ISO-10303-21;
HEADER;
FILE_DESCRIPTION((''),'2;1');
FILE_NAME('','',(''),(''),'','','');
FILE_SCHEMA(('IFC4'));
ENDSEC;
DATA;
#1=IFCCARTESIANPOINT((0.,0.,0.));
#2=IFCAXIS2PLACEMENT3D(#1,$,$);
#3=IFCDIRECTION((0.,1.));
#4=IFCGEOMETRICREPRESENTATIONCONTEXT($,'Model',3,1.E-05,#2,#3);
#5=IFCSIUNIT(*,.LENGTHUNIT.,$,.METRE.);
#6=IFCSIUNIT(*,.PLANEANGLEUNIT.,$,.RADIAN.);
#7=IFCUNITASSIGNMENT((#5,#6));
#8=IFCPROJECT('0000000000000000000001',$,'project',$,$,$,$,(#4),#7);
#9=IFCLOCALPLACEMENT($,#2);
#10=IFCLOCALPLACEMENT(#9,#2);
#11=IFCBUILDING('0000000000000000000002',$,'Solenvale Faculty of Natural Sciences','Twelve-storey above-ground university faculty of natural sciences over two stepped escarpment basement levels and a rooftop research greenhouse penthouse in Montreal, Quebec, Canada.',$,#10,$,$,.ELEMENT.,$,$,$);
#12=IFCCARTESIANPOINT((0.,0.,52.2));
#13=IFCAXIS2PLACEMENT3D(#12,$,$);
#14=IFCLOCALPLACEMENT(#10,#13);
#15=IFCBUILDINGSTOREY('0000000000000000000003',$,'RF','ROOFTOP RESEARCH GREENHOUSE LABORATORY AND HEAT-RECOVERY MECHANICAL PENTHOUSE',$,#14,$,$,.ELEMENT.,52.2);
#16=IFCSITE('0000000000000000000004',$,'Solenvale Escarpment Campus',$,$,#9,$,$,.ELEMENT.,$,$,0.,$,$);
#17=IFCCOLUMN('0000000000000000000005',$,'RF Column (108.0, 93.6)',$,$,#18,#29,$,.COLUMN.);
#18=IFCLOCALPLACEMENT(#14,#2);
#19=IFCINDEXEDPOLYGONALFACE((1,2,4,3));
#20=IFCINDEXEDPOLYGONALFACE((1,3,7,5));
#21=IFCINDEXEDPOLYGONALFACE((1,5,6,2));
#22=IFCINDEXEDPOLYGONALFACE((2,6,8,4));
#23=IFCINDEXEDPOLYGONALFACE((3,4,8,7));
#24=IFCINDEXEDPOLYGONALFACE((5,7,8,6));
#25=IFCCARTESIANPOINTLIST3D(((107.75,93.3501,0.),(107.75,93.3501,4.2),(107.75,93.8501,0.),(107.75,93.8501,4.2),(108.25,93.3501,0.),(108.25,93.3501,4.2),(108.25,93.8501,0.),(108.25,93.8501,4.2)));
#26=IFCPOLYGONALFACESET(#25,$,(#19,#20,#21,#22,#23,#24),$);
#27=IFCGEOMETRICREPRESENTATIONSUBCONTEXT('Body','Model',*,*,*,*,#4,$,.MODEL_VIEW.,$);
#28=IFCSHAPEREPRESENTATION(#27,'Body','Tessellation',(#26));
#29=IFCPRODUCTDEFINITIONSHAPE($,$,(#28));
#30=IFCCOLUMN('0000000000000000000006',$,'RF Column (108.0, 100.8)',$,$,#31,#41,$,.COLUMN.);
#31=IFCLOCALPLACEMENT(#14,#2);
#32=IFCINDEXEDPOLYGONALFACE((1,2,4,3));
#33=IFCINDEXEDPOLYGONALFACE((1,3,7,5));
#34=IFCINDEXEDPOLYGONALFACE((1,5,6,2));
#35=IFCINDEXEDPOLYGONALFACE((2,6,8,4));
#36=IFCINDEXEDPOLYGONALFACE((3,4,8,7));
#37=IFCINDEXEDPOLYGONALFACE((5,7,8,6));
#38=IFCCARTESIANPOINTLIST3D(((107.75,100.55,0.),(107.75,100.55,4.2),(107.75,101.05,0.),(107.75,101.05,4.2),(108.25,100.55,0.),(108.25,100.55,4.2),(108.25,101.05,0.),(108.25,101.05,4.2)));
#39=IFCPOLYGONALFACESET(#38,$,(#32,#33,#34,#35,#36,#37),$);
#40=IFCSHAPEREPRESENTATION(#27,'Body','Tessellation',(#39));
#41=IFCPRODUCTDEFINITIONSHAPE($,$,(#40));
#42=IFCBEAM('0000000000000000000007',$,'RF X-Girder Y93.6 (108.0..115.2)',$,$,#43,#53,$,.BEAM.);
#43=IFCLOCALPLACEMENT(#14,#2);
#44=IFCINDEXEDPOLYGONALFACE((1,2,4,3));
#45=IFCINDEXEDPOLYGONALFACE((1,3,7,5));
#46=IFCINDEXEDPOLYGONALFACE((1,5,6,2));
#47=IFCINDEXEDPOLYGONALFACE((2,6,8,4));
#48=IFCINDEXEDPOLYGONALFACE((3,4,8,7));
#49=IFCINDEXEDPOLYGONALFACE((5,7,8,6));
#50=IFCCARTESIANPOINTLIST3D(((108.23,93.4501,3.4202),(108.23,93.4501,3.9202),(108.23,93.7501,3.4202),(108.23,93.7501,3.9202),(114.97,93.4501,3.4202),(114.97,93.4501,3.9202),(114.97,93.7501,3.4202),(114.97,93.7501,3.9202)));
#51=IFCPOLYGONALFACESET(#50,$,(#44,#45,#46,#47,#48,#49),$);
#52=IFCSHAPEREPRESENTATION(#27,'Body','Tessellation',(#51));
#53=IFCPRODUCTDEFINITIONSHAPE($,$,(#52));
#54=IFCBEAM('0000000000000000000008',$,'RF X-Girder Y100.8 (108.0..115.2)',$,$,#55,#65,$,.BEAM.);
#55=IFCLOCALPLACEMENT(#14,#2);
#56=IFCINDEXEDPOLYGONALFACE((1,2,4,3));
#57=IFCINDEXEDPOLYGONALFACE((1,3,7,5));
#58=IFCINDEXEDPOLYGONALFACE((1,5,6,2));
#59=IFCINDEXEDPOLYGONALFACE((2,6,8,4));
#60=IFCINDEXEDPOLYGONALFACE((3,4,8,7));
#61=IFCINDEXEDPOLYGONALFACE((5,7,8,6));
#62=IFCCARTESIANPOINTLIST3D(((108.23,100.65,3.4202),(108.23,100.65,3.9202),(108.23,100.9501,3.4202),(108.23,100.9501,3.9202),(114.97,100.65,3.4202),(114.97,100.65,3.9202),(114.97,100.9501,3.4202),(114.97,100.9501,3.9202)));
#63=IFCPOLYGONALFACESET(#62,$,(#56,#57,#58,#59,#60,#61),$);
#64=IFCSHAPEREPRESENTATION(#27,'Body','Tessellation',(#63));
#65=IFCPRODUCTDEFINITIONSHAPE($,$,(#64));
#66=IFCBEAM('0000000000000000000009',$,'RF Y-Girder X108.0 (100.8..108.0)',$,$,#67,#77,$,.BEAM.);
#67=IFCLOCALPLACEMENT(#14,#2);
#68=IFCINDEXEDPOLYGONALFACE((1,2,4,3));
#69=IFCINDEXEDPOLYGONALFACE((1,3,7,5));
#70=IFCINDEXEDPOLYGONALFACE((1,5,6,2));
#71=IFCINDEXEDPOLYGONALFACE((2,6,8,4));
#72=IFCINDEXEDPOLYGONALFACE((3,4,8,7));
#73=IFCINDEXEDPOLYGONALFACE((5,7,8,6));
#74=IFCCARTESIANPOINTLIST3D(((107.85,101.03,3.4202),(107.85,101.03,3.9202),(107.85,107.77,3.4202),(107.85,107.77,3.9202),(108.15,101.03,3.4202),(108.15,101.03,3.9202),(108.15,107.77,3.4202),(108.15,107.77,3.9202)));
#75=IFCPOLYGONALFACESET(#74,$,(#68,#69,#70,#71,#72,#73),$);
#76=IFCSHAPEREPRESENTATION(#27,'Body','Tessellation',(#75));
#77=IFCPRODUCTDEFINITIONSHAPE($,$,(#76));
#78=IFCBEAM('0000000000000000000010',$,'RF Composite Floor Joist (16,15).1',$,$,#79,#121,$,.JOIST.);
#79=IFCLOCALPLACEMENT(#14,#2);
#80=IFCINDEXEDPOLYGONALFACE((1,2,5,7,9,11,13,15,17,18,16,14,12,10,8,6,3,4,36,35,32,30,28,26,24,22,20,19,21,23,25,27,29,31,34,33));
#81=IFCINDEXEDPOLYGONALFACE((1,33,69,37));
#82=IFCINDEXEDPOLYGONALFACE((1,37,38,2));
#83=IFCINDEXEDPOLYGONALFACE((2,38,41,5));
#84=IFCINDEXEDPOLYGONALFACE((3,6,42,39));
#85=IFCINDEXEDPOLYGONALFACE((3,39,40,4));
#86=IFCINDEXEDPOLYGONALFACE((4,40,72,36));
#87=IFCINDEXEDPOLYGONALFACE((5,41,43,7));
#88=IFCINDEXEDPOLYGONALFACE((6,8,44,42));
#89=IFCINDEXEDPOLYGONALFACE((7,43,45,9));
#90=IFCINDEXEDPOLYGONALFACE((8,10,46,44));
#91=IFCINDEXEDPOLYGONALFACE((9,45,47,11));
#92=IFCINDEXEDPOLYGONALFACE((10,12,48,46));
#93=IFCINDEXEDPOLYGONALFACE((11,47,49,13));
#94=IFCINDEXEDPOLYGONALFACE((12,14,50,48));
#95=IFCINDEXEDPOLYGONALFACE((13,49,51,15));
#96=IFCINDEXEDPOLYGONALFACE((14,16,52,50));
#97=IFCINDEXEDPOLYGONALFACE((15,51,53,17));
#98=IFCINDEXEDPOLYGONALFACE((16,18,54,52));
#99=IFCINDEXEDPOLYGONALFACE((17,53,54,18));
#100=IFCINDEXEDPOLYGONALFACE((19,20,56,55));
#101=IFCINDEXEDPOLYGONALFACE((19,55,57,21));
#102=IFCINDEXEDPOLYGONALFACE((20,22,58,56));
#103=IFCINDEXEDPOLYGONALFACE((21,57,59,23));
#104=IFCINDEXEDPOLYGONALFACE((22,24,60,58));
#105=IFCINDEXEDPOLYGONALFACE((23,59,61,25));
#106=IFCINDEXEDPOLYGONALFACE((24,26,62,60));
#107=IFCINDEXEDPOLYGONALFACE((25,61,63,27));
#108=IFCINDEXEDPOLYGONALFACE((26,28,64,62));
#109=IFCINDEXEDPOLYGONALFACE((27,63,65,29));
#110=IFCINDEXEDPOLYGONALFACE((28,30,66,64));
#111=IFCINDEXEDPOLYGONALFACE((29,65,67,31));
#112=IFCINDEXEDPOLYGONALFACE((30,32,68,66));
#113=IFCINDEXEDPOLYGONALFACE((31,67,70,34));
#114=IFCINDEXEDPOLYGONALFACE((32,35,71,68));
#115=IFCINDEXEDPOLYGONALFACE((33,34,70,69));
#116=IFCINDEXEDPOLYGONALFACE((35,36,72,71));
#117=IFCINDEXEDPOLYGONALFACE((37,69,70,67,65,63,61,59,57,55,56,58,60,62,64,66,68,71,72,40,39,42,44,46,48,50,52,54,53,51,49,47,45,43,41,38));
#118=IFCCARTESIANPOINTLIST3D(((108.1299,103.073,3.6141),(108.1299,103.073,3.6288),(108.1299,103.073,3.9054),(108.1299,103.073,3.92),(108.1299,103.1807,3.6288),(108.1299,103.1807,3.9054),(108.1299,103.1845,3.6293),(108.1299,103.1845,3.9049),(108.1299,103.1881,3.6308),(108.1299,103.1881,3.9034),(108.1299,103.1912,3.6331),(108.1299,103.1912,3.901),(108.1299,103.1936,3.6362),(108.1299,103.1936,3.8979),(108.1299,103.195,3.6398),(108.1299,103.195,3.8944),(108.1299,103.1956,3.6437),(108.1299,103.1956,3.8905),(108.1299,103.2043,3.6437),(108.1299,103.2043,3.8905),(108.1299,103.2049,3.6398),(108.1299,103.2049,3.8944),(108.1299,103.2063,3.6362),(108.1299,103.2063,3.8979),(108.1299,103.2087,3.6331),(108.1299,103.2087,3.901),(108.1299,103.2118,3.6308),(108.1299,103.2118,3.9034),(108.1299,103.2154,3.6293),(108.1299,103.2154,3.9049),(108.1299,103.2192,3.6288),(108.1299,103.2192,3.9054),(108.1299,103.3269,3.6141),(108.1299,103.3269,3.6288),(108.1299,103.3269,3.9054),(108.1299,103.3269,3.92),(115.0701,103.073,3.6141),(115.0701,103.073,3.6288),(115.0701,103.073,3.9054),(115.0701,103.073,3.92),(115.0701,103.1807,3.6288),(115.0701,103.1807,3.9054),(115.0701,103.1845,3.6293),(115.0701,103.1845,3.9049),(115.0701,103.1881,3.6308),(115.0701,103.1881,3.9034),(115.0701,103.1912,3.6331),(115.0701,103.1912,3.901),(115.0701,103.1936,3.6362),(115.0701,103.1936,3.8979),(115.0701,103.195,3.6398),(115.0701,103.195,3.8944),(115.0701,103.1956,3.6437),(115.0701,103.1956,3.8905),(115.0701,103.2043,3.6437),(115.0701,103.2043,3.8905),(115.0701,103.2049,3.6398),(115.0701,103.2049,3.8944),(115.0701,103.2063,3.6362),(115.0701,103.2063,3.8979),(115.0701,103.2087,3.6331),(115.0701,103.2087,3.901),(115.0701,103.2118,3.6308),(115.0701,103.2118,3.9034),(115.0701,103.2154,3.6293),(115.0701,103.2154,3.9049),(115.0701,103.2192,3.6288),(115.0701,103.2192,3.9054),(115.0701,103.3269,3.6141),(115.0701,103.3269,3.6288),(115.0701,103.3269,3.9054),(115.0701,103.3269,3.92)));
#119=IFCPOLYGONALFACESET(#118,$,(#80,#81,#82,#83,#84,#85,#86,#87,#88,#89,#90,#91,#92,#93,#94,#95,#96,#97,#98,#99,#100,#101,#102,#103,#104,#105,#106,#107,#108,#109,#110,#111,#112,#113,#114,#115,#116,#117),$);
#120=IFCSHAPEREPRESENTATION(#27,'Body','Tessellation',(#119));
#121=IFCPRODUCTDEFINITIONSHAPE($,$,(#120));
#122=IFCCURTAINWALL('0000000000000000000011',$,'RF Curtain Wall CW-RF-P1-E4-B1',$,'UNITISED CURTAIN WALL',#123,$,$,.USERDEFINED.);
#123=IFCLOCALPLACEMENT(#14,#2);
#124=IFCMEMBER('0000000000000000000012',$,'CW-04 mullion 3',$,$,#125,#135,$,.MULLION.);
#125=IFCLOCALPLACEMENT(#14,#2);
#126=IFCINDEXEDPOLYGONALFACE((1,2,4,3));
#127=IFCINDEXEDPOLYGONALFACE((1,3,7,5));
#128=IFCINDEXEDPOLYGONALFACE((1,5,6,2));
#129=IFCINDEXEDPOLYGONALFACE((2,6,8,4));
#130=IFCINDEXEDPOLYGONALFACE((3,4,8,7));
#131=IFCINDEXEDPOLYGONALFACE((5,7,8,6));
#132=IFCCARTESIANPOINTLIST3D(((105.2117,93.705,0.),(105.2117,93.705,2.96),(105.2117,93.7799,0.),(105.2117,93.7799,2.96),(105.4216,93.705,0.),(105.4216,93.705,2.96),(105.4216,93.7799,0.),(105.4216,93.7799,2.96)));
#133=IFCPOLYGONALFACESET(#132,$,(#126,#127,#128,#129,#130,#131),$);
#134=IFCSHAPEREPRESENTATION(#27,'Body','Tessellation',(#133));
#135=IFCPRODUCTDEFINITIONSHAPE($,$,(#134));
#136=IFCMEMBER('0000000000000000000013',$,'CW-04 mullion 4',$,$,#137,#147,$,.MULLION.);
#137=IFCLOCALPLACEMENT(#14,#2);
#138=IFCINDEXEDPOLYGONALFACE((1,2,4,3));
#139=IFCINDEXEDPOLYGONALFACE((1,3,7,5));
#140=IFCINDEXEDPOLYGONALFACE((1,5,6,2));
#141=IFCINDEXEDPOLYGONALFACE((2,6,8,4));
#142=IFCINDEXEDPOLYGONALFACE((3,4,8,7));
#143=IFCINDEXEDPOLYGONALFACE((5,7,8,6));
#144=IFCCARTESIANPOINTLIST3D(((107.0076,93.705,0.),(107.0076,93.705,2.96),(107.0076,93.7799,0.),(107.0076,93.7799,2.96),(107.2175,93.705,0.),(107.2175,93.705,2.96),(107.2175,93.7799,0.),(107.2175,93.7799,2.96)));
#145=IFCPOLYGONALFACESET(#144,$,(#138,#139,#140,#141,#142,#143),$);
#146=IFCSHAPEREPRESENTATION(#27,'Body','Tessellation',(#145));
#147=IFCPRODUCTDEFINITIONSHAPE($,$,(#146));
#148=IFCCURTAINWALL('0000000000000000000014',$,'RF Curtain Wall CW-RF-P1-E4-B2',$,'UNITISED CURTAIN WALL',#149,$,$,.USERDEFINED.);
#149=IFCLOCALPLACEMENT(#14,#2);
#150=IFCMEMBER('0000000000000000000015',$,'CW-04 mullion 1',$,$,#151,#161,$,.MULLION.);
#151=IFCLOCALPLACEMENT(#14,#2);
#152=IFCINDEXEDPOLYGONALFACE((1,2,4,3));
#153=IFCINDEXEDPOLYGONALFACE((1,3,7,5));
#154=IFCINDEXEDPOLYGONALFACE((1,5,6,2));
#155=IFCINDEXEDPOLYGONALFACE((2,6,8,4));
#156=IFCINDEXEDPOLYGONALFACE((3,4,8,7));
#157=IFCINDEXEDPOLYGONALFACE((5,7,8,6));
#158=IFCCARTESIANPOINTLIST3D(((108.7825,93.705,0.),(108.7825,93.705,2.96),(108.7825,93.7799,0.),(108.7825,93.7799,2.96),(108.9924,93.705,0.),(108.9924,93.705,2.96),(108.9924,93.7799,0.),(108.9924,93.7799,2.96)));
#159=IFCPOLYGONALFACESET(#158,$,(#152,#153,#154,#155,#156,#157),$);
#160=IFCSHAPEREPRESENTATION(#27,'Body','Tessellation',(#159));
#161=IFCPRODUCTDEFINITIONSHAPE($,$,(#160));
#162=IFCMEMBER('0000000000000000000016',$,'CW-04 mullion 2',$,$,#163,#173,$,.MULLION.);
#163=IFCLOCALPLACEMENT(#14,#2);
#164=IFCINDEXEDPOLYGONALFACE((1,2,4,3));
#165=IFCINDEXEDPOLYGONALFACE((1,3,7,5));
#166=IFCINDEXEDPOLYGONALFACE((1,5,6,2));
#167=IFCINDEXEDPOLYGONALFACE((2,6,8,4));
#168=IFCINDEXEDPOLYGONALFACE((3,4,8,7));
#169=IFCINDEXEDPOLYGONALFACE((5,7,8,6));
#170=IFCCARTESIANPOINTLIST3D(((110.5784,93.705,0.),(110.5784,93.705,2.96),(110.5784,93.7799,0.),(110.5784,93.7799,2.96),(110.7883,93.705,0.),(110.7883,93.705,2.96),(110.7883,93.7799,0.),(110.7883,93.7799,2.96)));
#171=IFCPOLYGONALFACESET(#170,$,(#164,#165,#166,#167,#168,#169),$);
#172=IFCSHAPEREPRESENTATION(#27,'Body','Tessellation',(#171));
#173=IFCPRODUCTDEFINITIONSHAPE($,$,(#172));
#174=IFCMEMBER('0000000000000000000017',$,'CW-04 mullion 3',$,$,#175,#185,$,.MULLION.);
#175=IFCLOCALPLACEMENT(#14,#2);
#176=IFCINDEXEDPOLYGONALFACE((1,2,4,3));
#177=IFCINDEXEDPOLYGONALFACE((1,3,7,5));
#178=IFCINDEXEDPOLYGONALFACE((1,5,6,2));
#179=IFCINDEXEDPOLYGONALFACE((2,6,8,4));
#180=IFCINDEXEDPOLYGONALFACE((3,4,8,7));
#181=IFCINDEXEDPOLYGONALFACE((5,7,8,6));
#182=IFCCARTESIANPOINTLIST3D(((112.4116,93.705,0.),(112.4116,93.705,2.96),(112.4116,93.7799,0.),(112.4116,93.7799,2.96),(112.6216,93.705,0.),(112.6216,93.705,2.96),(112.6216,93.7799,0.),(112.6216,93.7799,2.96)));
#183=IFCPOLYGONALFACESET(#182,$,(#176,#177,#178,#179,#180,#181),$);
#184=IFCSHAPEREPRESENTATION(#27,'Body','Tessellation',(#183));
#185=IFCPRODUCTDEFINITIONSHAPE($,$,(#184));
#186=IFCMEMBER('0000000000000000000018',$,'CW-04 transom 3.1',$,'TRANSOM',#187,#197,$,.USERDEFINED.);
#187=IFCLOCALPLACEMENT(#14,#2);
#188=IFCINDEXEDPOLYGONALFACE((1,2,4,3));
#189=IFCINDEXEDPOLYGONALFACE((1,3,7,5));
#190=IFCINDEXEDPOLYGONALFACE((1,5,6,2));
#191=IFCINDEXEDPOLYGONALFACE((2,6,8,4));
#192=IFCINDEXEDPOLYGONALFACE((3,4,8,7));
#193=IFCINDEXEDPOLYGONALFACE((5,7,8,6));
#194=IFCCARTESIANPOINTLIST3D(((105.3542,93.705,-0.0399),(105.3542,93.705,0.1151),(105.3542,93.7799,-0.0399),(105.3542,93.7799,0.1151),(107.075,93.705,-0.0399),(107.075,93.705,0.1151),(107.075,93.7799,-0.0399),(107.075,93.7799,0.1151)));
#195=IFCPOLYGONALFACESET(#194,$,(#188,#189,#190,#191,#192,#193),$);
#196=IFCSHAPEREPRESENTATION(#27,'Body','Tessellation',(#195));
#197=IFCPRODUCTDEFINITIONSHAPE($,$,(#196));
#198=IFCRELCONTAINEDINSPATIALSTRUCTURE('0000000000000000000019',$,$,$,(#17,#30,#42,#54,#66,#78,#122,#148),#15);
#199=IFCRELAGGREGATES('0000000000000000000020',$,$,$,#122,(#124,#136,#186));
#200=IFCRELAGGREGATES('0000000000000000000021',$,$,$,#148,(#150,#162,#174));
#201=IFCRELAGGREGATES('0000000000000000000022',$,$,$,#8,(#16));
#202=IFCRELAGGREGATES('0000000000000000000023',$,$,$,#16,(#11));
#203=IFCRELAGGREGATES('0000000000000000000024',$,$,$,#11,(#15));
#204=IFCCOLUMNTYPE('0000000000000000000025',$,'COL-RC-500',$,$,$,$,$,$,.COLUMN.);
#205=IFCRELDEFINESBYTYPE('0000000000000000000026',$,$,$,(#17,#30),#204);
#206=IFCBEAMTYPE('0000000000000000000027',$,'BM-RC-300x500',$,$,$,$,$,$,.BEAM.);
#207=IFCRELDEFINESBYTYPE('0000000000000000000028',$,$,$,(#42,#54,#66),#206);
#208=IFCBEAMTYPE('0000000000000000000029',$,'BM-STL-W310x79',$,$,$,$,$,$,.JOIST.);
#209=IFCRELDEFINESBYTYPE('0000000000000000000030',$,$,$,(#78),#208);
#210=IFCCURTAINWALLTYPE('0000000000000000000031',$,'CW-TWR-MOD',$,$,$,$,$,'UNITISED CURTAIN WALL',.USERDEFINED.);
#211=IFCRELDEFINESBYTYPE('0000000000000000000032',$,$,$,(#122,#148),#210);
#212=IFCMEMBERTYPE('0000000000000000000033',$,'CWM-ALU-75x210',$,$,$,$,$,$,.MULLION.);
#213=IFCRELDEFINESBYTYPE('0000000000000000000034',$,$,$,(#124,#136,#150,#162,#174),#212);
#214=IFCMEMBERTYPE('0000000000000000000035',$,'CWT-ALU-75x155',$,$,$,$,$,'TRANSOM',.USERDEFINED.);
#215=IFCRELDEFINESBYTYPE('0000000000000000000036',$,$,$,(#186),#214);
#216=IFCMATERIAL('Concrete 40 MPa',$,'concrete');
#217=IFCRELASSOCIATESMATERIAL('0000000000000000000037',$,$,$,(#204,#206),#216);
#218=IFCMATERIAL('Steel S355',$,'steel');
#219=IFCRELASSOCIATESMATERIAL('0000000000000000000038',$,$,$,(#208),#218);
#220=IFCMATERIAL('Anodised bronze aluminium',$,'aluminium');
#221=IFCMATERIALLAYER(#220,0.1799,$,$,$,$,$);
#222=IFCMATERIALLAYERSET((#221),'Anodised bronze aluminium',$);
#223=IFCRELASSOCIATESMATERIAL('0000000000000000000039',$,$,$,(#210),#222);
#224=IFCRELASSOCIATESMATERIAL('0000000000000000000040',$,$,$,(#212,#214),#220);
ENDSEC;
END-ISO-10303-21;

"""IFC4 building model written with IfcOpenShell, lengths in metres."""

from ifc_helpers import new_model, si_unit, direction, frame, origin, origin_2d, place, context, subcontext, project, spatial, rectangle, i_section, extrude, material, layer, layer_set, material_profile, profile_set, type_object, element, aggregate, save


model = new_model("IFC4")

# Units and contexts
model_context = context("Model", 3, precision=1e-05, world=origin(), true_north=direction((0.0, 1.0)))
body_context = subcontext(model_context, "Body", "Model", "MODEL_VIEW")
ifc_project = project(units=[si_unit("LENGTHUNIT", "METRE"), si_unit("PLANEANGLEUNIT", "RADIAN")], contexts=[model_context])

# Site, building, storey
site_placement = place(None, origin())
site = spatial("IfcSite", under=ifc_project, at=site_placement, Name="Solenvale Escarpment Campus", CompositionType="ELEMENT", RefElevation=0.0)
building_placement = place(site_placement, origin())
building = spatial("IfcBuilding", under=site, at=building_placement, Name="Solenvale Faculty of Natural Sciences", Description="Twelve-storey above-ground university faculty of natural sciences over two stepped escarpment basement levels and a rooftop research greenhouse penthouse in Montreal, Quebec, Canada.", CompositionType="ELEMENT")
storey_placement = place(building_placement, frame((0.0, 0.0, 52.2)))
storey = spatial("IfcBuildingStorey", under=building, at=storey_placement, Name="RF", Description="ROOFTOP RESEARCH GREENHOUSE LABORATORY AND HEAT-RECOVERY MECHANICAL PENTHOUSE", CompositionType="ELEMENT", Elevation=52.2)

# Columns
ifc_material_1 = material(Name="Concrete 40 MPa", Category="concrete")
ifc_material_profile_1 = material_profile(ifc_material_1, rectangle(XDim=0.5, YDim=0.5, at=origin_2d()), Name="RC-COL-500x500")
ifc_profile_set_1 = profile_set([ifc_material_profile_1], Name="Concrete 40 MPa")
column_type = type_object("IfcColumnType", Name="COL-RC-500", PredefinedType="COLUMN", material=ifc_profile_set_1)
for number, where, z_axis, x_axis, name in (
    (1, (108.0, 93.6001, 0.0), (0.0, 0.0, 1.0), (1.0, 0.0, 0.0), "RF Column (108.0, 93.6)"),
    (2, (108.0, 100.8, 0.0), (0.0, 0.0, 1.0), (1.0, 0.0, 0.0), "RF Column (108.0, 100.8)"),
):
    element("IfcColumn", number, at=place(storey_placement, frame(where, z_axis=z_axis, x_axis=x_axis)), inside=storey, type_object=column_type, Name=name, PredefinedType="COLUMN", context=body_context, shape_type="SweptSolid", body=[
        extrude(rectangle(XDim=0.5, YDim=0.5, at=origin_2d()), origin(), (0.0, 0.0, 1.0), 4.2),
    ])

# Beams
ifc_material_profile_2 = material_profile(ifc_material_1, rectangle(XDim=0.3, YDim=0.5, at=origin_2d()), Name="RC-BM-300x500")
ifc_profile_set_2 = profile_set([ifc_material_profile_2], Name="Concrete 40 MPa")
beam_type_1 = type_object("IfcBeamType", Name="BM-RC-300x500", PredefinedType="BEAM", material=ifc_profile_set_2)
for number, where, z_axis, x_axis, name in (
    (3, (108.23, 93.6001, 3.6702), (1.0, 0.0, 0.0), (0.0, 1.0, 0.0), "RF X-Girder Y93.6 (108.0..115.2)"),
    (4, (108.23, 100.8, 3.6702), (1.0, 0.0, 0.0), (0.0, 1.0, 0.0), "RF X-Girder Y100.8 (108.0..115.2)"),
    (5, (108.0, 101.03, 3.6702), (0.0, 1.0, 0.0), (-1.0, 0.0, 0.0), "RF Y-Girder X108.0 (100.8..108.0)"),
):
    element("IfcBeam", number, at=place(storey_placement, frame(where, z_axis=z_axis, x_axis=x_axis)), inside=storey, type_object=beam_type_1, Name=name, PredefinedType="BEAM", context=body_context, shape_type="SweptSolid", body=[
        extrude(rectangle(XDim=0.3, YDim=0.5, at=origin_2d()), origin(), (0.0, 0.0, 1.0), 6.74),
    ])
ifc_material_2 = material(Name="Steel S355", Category="steel")
ifc_material_profile_3 = material_profile(ifc_material_2, i_section(OverallWidth=0.2539, OverallDepth=0.3059, WebThickness=0.0088, FlangeThickness=0.0146, FilletRadius=0.0149, at=origin_2d()), Name="W310x79")
ifc_profile_set_3 = profile_set([ifc_material_profile_3], Name="Steel S355")
beam_type_2 = type_object("IfcBeamType", Name="BM-STL-W310x79", PredefinedType="JOIST", material=ifc_profile_set_3)
beam_placement = place(storey_placement, frame((108.1299, 103.2, 3.7671), z_axis=(1.0, 0.0, 0.0), x_axis=(0.0, 1.0, 0.0)))
element("IfcBeam", 6, at=beam_placement, inside=storey, type_object=beam_type_2, Name="RF Composite Floor Joist (16,15).1", PredefinedType="JOIST", context=body_context, shape_type="SweptSolid", body=[
    extrude(i_section(OverallWidth=0.2539, OverallDepth=0.3059, WebThickness=0.0088, FlangeThickness=0.0146, FilletRadius=0.0149, at=origin_2d()), origin(), (0.0, 0.0, 1.0), 6.9402),
])

# Curtain walls, members
ifc_material_3 = material(Name="Anodised bronze aluminium", Category="aluminium")
ifc_layer_1 = layer(ifc_material_3, 0.1799)
ifc_layer_set_1 = layer_set([ifc_layer_1], Name="Anodised bronze aluminium")
curtain_wall_type = type_object("IfcCurtainWallType", Name="CW-TWR-MOD", ElementType="UNITISED CURTAIN WALL", PredefinedType="USERDEFINED", material=ifc_layer_set_1)
curtain_wall_1_placement = place(storey_placement, origin())
curtain_wall_1 = element("IfcCurtainWall", 7, at=curtain_wall_1_placement, inside=storey, type_object=curtain_wall_type, Name="RF Curtain Wall CW-RF-P1-E4-B1", ObjectType="UNITISED CURTAIN WALL", PredefinedType="USERDEFINED")
ifc_material_profile_4 = material_profile(ifc_material_3, rectangle(XDim=0.075, YDim=0.21, at=origin_2d()), Name="ALU-MUL-75x210")
ifc_profile_set_4 = profile_set([ifc_material_profile_4], Name="Anodised bronze aluminium")
member_type_1 = type_object("IfcMemberType", Name="CWM-ALU-75x210", PredefinedType="MULLION", material=ifc_profile_set_4)
member_1_placement = place(storey_placement, frame((105.3167, 93.7424, 0.0), z_axis=(0.0, 0.0, 1.0), x_axis=(0.0, 1.0, 0.0)))
member_1 = element("IfcMember", 8, at=member_1_placement, type_object=member_type_1, Name="CW-04 mullion 3", PredefinedType="MULLION", context=body_context, shape_type="SweptSolid", body=[
    extrude(rectangle(XDim=0.075, YDim=0.21, at=origin_2d()), origin(), (0.0, 0.0, 1.0), 2.96),
])
member_2_placement = place(storey_placement, frame((107.1125, 93.7424, 0.0), z_axis=(0.0, 0.0, 1.0), x_axis=(0.0, 1.0, 0.0)))
member_2 = element("IfcMember", 9, at=member_2_placement, type_object=member_type_1, Name="CW-04 mullion 4", PredefinedType="MULLION", context=body_context, shape_type="SweptSolid", body=[
    extrude(rectangle(XDim=0.075, YDim=0.21, at=origin_2d()), origin(), (0.0, 0.0, 1.0), 2.96),
])
curtain_wall_2_placement = place(storey_placement, origin())
curtain_wall_2 = element("IfcCurtainWall", 10, at=curtain_wall_2_placement, inside=storey, type_object=curtain_wall_type, Name="RF Curtain Wall CW-RF-P1-E4-B2", ObjectType="UNITISED CURTAIN WALL", PredefinedType="USERDEFINED")
member_3_placement = place(storey_placement, frame((108.8875, 93.7424, 0.0), z_axis=(0.0, 0.0, 1.0), x_axis=(0.0, 1.0, 0.0)))
member_3 = element("IfcMember", 11, at=member_3_placement, type_object=member_type_1, Name="CW-04 mullion 1", PredefinedType="MULLION", context=body_context, shape_type="SweptSolid", body=[
    extrude(rectangle(XDim=0.075, YDim=0.21, at=origin_2d()), origin(), (0.0, 0.0, 1.0), 2.96),
])
member_4_placement = place(storey_placement, frame((110.6833, 93.7424, 0.0), z_axis=(0.0, 0.0, 1.0), x_axis=(0.0, 1.0, 0.0)))
member_4 = element("IfcMember", 12, at=member_4_placement, type_object=member_type_1, Name="CW-04 mullion 2", PredefinedType="MULLION", context=body_context, shape_type="SweptSolid", body=[
    extrude(rectangle(XDim=0.075, YDim=0.21, at=origin_2d()), origin(), (0.0, 0.0, 1.0), 2.96),
])
member_5_placement = place(storey_placement, frame((112.5166, 93.7424, 0.0), z_axis=(0.0, 0.0, 1.0), x_axis=(0.0, 1.0, 0.0)))
member_5 = element("IfcMember", 13, at=member_5_placement, type_object=member_type_1, Name="CW-04 mullion 3", PredefinedType="MULLION", context=body_context, shape_type="SweptSolid", body=[
    extrude(rectangle(XDim=0.075, YDim=0.21, at=origin_2d()), origin(), (0.0, 0.0, 1.0), 2.96),
])

# Member
ifc_material_profile_5 = material_profile(ifc_material_3, rectangle(XDim=0.075, YDim=0.155, at=origin_2d()), Name="ALU-TRN-75x155")
ifc_profile_set_5 = profile_set([ifc_material_profile_5], Name="Anodised bronze aluminium")
member_type_2 = type_object("IfcMemberType", Name="CWT-ALU-75x155", ElementType="TRANSOM", PredefinedType="USERDEFINED", material=ifc_profile_set_5)
member_6_placement = place(storey_placement, frame((105.3542, 93.7424, 0.0376), z_axis=(1.0, 0.0, 0.0), x_axis=(0.0, 1.0, 0.0)))
member_6 = element("IfcMember", 14, at=member_6_placement, type_object=member_type_2, Name="CW-04 transom 3.1", ObjectType="TRANSOM", PredefinedType="USERDEFINED", context=body_context, shape_type="SweptSolid", body=[
    extrude(rectangle(XDim=0.075, YDim=0.155, at=origin_2d()), origin(), (0.0, 0.0, 1.0), 1.7207),
])

aggregate(curtain_wall_1, [member_1, member_2, member_6])
aggregate(curtain_wall_2, [member_3, member_4, member_5])

save(model, "model.ifc")
